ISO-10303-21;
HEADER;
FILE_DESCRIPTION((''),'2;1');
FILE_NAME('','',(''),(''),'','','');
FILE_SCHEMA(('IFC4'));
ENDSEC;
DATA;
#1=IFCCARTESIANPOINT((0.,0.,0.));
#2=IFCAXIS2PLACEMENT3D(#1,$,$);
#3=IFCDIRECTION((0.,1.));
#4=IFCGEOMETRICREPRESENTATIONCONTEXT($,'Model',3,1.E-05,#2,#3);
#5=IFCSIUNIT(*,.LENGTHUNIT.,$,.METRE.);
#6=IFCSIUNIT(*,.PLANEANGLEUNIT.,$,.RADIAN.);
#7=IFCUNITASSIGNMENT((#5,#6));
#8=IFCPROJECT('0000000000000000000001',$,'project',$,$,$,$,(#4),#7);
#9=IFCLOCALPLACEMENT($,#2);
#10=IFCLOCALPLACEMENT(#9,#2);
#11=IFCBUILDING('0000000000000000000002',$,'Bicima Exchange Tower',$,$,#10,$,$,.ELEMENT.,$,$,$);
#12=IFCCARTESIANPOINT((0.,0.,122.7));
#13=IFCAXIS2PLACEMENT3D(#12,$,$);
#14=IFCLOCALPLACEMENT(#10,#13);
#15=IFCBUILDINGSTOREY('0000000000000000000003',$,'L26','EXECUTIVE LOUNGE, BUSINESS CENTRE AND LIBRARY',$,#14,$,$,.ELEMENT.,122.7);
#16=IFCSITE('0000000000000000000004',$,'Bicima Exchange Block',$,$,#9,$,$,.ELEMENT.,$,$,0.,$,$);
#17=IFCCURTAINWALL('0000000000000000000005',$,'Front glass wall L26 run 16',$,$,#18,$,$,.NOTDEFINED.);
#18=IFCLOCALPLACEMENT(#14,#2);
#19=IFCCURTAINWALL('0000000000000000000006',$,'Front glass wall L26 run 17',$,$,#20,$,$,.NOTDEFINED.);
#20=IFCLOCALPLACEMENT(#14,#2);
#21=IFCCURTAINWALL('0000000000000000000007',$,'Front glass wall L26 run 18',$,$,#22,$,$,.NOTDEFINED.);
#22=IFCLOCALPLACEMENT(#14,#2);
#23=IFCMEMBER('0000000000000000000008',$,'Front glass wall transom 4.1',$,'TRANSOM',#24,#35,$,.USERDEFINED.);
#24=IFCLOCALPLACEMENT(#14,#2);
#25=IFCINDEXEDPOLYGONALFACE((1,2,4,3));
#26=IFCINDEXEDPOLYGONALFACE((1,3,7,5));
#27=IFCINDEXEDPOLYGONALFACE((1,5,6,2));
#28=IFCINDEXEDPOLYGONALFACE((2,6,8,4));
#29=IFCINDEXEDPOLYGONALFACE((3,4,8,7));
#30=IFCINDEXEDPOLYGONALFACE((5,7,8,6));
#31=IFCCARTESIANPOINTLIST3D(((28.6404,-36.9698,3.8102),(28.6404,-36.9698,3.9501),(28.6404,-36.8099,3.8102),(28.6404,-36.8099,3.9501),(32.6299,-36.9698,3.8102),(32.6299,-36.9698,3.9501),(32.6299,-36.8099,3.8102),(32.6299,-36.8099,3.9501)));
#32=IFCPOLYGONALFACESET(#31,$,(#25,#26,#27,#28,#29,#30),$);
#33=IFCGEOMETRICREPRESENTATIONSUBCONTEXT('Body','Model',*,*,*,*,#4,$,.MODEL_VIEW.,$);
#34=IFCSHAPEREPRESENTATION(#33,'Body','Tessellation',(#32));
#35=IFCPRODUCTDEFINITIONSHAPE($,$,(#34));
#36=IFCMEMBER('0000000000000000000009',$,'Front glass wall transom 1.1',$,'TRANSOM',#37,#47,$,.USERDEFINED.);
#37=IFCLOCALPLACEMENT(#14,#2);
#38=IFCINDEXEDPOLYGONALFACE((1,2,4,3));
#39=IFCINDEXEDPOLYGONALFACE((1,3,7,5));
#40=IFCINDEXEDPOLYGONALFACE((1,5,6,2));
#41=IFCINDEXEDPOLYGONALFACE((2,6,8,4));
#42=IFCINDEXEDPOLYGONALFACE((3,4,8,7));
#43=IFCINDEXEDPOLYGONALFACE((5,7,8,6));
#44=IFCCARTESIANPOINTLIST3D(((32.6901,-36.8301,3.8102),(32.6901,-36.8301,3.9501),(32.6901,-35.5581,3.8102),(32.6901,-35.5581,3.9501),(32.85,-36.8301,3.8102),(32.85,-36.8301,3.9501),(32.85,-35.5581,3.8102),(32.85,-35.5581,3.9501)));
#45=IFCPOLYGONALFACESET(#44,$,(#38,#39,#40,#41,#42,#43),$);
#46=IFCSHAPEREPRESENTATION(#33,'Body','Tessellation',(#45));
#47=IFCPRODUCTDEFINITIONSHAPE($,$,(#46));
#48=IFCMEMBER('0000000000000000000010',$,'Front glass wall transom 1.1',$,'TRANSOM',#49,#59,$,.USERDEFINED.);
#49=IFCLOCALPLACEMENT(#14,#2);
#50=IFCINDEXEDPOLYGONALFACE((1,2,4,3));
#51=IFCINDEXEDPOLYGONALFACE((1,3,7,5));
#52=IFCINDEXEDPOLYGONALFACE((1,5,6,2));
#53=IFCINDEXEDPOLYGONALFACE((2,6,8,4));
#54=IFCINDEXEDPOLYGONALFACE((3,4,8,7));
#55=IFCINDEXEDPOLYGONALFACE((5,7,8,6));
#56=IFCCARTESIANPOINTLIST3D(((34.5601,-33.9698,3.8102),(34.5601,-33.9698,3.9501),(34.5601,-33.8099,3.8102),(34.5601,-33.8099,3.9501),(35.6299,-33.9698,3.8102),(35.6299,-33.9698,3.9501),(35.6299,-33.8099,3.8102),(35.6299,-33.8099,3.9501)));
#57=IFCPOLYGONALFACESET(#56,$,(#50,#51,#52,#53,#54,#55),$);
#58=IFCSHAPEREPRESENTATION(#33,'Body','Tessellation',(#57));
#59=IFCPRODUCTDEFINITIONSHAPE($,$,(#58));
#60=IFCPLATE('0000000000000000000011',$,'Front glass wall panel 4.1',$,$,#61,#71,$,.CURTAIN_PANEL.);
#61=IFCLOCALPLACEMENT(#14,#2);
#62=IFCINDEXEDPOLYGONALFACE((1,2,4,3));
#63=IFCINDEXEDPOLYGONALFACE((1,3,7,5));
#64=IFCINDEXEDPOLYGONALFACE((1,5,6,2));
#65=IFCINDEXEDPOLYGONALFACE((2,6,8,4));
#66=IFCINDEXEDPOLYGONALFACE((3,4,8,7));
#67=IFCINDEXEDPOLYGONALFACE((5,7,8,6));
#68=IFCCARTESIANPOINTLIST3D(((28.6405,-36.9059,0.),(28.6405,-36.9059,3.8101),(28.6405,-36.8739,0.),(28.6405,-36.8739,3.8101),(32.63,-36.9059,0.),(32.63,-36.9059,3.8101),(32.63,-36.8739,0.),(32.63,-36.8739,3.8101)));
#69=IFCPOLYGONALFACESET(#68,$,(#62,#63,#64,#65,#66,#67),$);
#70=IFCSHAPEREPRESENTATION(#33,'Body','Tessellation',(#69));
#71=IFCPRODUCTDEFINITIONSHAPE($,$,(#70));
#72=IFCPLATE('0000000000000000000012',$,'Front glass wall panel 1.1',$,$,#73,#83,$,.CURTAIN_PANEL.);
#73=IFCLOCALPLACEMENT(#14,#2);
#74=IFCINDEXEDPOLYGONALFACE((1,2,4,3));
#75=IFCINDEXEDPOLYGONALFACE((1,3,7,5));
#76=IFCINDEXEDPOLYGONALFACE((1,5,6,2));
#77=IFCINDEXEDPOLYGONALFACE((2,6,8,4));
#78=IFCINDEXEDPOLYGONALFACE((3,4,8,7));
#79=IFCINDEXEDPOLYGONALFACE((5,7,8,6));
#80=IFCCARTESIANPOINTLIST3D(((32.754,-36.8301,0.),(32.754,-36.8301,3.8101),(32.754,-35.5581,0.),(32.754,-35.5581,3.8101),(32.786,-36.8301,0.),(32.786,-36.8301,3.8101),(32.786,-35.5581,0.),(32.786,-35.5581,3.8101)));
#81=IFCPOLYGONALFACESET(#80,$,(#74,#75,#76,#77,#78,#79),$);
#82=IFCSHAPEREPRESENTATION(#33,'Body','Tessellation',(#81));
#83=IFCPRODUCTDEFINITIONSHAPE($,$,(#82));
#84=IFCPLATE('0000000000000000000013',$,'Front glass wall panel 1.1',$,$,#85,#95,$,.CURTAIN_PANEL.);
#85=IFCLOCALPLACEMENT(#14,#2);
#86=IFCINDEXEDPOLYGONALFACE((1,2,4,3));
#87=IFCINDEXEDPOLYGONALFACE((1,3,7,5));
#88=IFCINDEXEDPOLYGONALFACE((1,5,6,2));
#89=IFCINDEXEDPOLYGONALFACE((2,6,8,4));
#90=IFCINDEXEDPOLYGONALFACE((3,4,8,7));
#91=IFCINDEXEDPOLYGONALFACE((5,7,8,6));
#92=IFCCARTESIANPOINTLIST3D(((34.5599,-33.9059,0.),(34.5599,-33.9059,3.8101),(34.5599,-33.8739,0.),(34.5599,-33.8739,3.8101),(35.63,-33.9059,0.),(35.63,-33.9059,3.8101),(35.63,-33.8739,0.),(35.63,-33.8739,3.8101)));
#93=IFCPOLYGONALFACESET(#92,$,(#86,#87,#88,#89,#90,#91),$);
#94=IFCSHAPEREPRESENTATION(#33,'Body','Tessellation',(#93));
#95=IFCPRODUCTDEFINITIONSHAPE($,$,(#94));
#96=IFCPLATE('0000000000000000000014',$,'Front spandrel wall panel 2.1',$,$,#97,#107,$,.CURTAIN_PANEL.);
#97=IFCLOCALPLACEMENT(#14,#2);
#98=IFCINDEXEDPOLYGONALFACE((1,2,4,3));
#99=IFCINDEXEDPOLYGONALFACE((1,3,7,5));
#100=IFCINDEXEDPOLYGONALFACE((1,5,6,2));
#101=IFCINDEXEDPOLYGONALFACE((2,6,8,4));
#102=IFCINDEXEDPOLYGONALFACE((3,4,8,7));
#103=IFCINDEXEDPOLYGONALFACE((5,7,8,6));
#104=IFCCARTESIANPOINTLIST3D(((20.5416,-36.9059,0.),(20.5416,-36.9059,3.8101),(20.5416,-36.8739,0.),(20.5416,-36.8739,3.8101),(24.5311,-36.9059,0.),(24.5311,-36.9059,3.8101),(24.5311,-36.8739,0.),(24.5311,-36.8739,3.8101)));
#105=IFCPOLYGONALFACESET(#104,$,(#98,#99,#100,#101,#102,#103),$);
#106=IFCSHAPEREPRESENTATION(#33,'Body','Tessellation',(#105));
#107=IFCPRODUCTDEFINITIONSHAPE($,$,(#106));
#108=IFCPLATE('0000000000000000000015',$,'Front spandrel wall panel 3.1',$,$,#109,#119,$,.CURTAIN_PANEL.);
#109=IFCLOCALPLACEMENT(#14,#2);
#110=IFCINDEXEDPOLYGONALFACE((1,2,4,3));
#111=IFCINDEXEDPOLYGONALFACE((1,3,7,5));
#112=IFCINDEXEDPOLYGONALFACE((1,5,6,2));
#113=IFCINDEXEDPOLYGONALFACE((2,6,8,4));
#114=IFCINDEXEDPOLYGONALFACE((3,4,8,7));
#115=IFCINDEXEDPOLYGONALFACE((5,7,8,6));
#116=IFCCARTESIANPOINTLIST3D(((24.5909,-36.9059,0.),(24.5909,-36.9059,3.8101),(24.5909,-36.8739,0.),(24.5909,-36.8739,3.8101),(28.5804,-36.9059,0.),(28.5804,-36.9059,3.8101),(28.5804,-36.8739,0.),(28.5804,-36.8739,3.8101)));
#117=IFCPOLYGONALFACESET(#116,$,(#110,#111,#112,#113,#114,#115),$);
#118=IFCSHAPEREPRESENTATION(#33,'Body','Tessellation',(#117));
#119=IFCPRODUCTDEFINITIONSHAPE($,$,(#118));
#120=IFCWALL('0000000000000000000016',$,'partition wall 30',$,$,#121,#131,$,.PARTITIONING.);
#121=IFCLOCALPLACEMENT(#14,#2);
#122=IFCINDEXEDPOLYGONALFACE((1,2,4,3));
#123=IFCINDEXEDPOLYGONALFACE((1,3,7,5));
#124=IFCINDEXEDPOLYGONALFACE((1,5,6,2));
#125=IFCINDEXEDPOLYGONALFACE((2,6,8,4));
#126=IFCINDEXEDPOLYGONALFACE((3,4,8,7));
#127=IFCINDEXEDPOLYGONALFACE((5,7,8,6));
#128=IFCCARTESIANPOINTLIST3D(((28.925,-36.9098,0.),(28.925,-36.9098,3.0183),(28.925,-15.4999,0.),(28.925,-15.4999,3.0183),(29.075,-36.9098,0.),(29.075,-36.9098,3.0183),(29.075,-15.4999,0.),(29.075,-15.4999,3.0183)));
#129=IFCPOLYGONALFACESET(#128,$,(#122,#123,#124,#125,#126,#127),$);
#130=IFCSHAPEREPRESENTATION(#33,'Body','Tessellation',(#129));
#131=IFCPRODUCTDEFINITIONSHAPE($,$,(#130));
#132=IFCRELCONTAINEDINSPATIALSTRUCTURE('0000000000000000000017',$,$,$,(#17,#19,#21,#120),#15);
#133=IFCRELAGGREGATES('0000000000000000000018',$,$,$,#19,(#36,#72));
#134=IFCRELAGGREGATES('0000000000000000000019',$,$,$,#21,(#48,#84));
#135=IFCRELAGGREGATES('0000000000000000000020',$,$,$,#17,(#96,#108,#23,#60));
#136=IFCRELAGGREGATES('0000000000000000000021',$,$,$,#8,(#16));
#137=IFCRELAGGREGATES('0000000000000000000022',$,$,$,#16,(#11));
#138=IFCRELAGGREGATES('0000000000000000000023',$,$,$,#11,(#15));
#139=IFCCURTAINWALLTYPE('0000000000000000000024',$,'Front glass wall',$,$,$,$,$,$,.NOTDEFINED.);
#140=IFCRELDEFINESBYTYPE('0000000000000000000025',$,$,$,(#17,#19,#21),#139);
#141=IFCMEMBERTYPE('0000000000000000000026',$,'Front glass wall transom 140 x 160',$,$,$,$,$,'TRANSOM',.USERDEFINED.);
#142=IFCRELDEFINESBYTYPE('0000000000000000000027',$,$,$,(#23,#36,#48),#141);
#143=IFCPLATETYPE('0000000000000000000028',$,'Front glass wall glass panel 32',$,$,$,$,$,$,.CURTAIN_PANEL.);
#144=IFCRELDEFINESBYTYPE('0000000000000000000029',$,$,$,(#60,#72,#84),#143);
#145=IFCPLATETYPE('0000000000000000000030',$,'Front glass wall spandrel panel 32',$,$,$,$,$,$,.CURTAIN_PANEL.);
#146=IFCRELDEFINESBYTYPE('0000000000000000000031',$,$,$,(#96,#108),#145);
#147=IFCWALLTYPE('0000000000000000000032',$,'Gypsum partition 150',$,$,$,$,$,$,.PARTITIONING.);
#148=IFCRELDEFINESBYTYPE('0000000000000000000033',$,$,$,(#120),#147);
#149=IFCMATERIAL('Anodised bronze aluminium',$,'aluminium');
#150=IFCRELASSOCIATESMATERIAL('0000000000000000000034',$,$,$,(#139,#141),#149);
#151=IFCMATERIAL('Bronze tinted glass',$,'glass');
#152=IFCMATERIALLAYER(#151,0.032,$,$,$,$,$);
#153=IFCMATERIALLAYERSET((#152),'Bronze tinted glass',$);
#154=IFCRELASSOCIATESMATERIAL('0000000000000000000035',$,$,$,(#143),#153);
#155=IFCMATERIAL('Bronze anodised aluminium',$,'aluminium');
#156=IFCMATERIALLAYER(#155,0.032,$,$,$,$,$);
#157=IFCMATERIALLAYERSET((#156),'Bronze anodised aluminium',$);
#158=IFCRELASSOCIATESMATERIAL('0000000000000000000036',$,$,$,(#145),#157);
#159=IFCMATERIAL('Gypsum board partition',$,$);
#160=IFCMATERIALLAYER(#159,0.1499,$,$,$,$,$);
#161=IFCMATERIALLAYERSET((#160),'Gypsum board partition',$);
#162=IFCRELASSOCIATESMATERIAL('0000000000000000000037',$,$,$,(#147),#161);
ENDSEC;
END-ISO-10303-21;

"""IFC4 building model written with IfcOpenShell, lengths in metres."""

from ifc_helpers import new_model, si_unit, direction, frame, frame_2d, origin, origin_2d, place, context, subcontext, project, spatial, rectangle, extrude, material, layer, layer_set, material_profile, profile_set, type_object, element, aggregate, save


model = new_model("IFC4")

# Units and contexts
model_context = context("Model", 3, precision=1e-05, world=origin(), true_north=direction((0.0, 1.0)))
body_context = subcontext(model_context, "Body", "Model", "MODEL_VIEW")
ifc_project = project(units=[si_unit("LENGTHUNIT", "METRE"), si_unit("PLANEANGLEUNIT", "RADIAN")], contexts=[model_context])

# Site, building, storey
site_placement = place(None, origin())
site = spatial("IfcSite", under=ifc_project, at=site_placement, Name="Bicima Exchange Block", CompositionType="ELEMENT", RefElevation=0.0)
building_placement = place(site_placement, origin())
building = spatial("IfcBuilding", under=site, at=building_placement, Name="Bicima Exchange Tower", CompositionType="ELEMENT")
storey_placement = place(building_placement, frame((0.0, 0.0, 122.7)))
storey = spatial("IfcBuildingStorey", under=building, at=storey_placement, Name="L26", Description="EXECUTIVE LOUNGE, BUSINESS CENTRE AND LIBRARY", CompositionType="ELEMENT", Elevation=122.7)

# Shared definitions
ifc_material_1 = material(Name="Anodised bronze aluminium", Category="aluminium")

# Curtain walls
curtain_wall_type_1 = type_object("IfcCurtainWallType", Name="Front glass wall", PredefinedType="NOTDEFINED", material=ifc_material_1)
curtain_wall_1_placement = place(storey_placement, origin())
curtain_wall_1 = element("IfcCurtainWall", 1, at=curtain_wall_1_placement, inside=storey, type_object=curtain_wall_type_1, Name="Front glass wall L26 run 16", PredefinedType="NOTDEFINED")
curtain_wall_2_placement = place(storey_placement, origin())
curtain_wall_2 = element("IfcCurtainWall", 2, at=curtain_wall_2_placement, inside=storey, type_object=curtain_wall_type_1, Name="Front glass wall L26 run 17", PredefinedType="NOTDEFINED")
curtain_wall_3_placement = place(storey_placement, origin())
curtain_wall_3 = element("IfcCurtainWall", 3, at=curtain_wall_3_placement, inside=storey, type_object=curtain_wall_type_1, Name="Front glass wall L26 run 18", PredefinedType="NOTDEFINED")

# Members
ifc_material_profile_1 = material_profile(ifc_material_1, rectangle(XDim=0.1599, YDim=0.1399, at=origin_2d()))
ifc_profile_set_1 = profile_set([ifc_material_profile_1], Name="Anodised bronze aluminium")
member_type_1 = type_object("IfcMemberType", Name="Front glass wall transom 140 x 160", ElementType="TRANSOM", PredefinedType="USERDEFINED", material=ifc_profile_set_1)
member_1_placement = place(storey_placement, frame((28.6404, -36.8899, 3.8801), z_axis=(1.0, 0.0, 0.0), x_axis=(0.0, 1.0, 0.0)))
member_1 = element("IfcMember", 4, at=member_1_placement, type_object=member_type_1, Name="Front glass wall transom 4.1", ObjectType="TRANSOM", PredefinedType="USERDEFINED", context=body_context, shape_type="SweptSolid", body=[
    extrude(rectangle(XDim=0.1599, YDim=0.1399, at=origin_2d()), origin(), (0.0, 0.0, 1.0), 3.9895),
])
member_2_placement = place(storey_placement, frame((32.77, -36.8301, 3.8801), z_axis=(0.0, 1.0, 0.0), x_axis=(-1.0, 0.0, 0.0)))
member_2 = element("IfcMember", 5, at=member_2_placement, type_object=member_type_1, Name="Front glass wall transom 1.1", ObjectType="TRANSOM", PredefinedType="USERDEFINED", context=body_context, shape_type="SweptSolid", body=[
    extrude(rectangle(XDim=0.1599, YDim=0.1399, at=origin_2d()), origin(), (0.0, 0.0, 1.0), 1.272),
])
member_3_placement = place(storey_placement, frame((34.5601, -33.8899, 3.8801), z_axis=(1.0, 0.0, 0.0), x_axis=(0.0, 1.0, 0.0)))
member_3 = element("IfcMember", 6, at=member_3_placement, type_object=member_type_1, Name="Front glass wall transom 1.1", ObjectType="TRANSOM", PredefinedType="USERDEFINED", context=body_context, shape_type="SweptSolid", body=[
    extrude(rectangle(XDim=0.1599, YDim=0.1399, at=origin_2d()), origin(), (0.0, 0.0, 1.0), 1.0698),
])

# Plates
ifc_material_2 = material(Name="Bronze tinted glass", Category="glass")
ifc_layer_1 = layer(ifc_material_2, 0.032)
ifc_layer_set_1 = layer_set([ifc_layer_1], Name="Bronze tinted glass")
plate_type_1 = type_object("IfcPlateType", Name="Front glass wall glass panel 32", PredefinedType="CURTAIN_PANEL", material=ifc_layer_set_1)
plate_1_placement = place(storey_placement, frame((30.6353, -36.8899, 0.0), z_axis=(0.0, 0.0, 1.0), x_axis=(1.0, 0.0, 0.0)))
plate_1 = element("IfcPlate", 7, at=plate_1_placement, type_object=plate_type_1, Name="Front glass wall panel 4.1", PredefinedType="CURTAIN_PANEL", context=body_context, shape_type="SweptSolid", body=[
    extrude(rectangle(XDim=3.9895, YDim=0.032, at=origin_2d()), origin(), (0.0, 0.0, 1.0), 3.8101),
])
plate_2_placement = place(storey_placement, frame((32.77, -36.1941, 0.0), z_axis=(0.0, 0.0, 1.0), x_axis=(0.0, 1.0, 0.0)))
plate_2 = element("IfcPlate", 8, at=plate_2_placement, type_object=plate_type_1, Name="Front glass wall panel 1.1", PredefinedType="CURTAIN_PANEL", context=body_context, shape_type="SweptSolid", body=[
    extrude(rectangle(XDim=1.272, YDim=0.032, at=origin_2d()), origin(), (0.0, 0.0, 1.0), 3.8101),
])
aggregate(curtain_wall_2, [member_2, plate_2])
plate_3_placement = place(storey_placement, frame((35.095, -33.8899, 0.0), z_axis=(0.0, 0.0, 1.0), x_axis=(1.0, 0.0, 0.0)))
plate_3 = element("IfcPlate", 9, at=plate_3_placement, type_object=plate_type_1, Name="Front glass wall panel 1.1", PredefinedType="CURTAIN_PANEL", context=body_context, shape_type="SweptSolid", body=[
    extrude(rectangle(XDim=1.0701, YDim=0.032, at=origin_2d()), origin(), (0.0, 0.0, 1.0), 3.8101),
])
aggregate(curtain_wall_3, [member_3, plate_3])
ifc_material_3 = material(Name="Bronze anodised aluminium", Category="aluminium")
ifc_layer_2 = layer(ifc_material_3, 0.032)
ifc_layer_set_2 = layer_set([ifc_layer_2], Name="Bronze anodised aluminium")
plate_type_2 = type_object("IfcPlateType", Name="Front glass wall spandrel panel 32", PredefinedType="CURTAIN_PANEL", material=ifc_layer_set_2)
plate_4_placement = place(storey_placement, frame((22.5364, -36.8899, 0.0), z_axis=(0.0, 0.0, 1.0), x_axis=(1.0, 0.0, 0.0)))
plate_4 = element("IfcPlate", 10, at=plate_4_placement, type_object=plate_type_2, Name="Front spandrel wall panel 2.1", PredefinedType="CURTAIN_PANEL", context=body_context, shape_type="SweptSolid", body=[
    extrude(rectangle(XDim=3.9895, YDim=0.032, at=origin_2d()), origin(), (0.0, 0.0, 1.0), 3.8101),
])
plate_5_placement = place(storey_placement, frame((26.5857, -36.8899, 0.0), z_axis=(0.0, 0.0, 1.0), x_axis=(1.0, 0.0, 0.0)))
plate_5 = element("IfcPlate", 11, at=plate_5_placement, type_object=plate_type_2, Name="Front spandrel wall panel 3.1", PredefinedType="CURTAIN_PANEL", context=body_context, shape_type="SweptSolid", body=[
    extrude(rectangle(XDim=3.9895, YDim=0.032, at=origin_2d()), origin(), (0.0, 0.0, 1.0), 3.8101),
])
aggregate(curtain_wall_1, [plate_4, plate_5, member_1, plate_1])

# Wall
ifc_material_4 = material(Name="Gypsum board partition")
ifc_layer_3 = layer(ifc_material_4, 0.1499)
ifc_layer_set_3 = layer_set([ifc_layer_3], Name="Gypsum board partition")
wall_type = type_object("IfcWallType", Name="Gypsum partition 150", PredefinedType="PARTITIONING", material=ifc_layer_set_3)
wall_placement = place(storey_placement, frame((29.0, -36.9099, 0.0), z_axis=(0.0, 0.0, 1.0), x_axis=(0.0, 1.0, 0.0)))
element("IfcWall", 12, at=wall_placement, inside=storey, type_object=wall_type, Name="partition wall 30", PredefinedType="PARTITIONING", context=body_context, shape_type="SweptSolid", body=[
    extrude(rectangle(XDim=21.4099, YDim=0.1499, at=frame_2d((10.7051, 0.0))), origin(), (0.0, 0.0, 1.0), 3.0183),
])

save(model, "model.ifc")
